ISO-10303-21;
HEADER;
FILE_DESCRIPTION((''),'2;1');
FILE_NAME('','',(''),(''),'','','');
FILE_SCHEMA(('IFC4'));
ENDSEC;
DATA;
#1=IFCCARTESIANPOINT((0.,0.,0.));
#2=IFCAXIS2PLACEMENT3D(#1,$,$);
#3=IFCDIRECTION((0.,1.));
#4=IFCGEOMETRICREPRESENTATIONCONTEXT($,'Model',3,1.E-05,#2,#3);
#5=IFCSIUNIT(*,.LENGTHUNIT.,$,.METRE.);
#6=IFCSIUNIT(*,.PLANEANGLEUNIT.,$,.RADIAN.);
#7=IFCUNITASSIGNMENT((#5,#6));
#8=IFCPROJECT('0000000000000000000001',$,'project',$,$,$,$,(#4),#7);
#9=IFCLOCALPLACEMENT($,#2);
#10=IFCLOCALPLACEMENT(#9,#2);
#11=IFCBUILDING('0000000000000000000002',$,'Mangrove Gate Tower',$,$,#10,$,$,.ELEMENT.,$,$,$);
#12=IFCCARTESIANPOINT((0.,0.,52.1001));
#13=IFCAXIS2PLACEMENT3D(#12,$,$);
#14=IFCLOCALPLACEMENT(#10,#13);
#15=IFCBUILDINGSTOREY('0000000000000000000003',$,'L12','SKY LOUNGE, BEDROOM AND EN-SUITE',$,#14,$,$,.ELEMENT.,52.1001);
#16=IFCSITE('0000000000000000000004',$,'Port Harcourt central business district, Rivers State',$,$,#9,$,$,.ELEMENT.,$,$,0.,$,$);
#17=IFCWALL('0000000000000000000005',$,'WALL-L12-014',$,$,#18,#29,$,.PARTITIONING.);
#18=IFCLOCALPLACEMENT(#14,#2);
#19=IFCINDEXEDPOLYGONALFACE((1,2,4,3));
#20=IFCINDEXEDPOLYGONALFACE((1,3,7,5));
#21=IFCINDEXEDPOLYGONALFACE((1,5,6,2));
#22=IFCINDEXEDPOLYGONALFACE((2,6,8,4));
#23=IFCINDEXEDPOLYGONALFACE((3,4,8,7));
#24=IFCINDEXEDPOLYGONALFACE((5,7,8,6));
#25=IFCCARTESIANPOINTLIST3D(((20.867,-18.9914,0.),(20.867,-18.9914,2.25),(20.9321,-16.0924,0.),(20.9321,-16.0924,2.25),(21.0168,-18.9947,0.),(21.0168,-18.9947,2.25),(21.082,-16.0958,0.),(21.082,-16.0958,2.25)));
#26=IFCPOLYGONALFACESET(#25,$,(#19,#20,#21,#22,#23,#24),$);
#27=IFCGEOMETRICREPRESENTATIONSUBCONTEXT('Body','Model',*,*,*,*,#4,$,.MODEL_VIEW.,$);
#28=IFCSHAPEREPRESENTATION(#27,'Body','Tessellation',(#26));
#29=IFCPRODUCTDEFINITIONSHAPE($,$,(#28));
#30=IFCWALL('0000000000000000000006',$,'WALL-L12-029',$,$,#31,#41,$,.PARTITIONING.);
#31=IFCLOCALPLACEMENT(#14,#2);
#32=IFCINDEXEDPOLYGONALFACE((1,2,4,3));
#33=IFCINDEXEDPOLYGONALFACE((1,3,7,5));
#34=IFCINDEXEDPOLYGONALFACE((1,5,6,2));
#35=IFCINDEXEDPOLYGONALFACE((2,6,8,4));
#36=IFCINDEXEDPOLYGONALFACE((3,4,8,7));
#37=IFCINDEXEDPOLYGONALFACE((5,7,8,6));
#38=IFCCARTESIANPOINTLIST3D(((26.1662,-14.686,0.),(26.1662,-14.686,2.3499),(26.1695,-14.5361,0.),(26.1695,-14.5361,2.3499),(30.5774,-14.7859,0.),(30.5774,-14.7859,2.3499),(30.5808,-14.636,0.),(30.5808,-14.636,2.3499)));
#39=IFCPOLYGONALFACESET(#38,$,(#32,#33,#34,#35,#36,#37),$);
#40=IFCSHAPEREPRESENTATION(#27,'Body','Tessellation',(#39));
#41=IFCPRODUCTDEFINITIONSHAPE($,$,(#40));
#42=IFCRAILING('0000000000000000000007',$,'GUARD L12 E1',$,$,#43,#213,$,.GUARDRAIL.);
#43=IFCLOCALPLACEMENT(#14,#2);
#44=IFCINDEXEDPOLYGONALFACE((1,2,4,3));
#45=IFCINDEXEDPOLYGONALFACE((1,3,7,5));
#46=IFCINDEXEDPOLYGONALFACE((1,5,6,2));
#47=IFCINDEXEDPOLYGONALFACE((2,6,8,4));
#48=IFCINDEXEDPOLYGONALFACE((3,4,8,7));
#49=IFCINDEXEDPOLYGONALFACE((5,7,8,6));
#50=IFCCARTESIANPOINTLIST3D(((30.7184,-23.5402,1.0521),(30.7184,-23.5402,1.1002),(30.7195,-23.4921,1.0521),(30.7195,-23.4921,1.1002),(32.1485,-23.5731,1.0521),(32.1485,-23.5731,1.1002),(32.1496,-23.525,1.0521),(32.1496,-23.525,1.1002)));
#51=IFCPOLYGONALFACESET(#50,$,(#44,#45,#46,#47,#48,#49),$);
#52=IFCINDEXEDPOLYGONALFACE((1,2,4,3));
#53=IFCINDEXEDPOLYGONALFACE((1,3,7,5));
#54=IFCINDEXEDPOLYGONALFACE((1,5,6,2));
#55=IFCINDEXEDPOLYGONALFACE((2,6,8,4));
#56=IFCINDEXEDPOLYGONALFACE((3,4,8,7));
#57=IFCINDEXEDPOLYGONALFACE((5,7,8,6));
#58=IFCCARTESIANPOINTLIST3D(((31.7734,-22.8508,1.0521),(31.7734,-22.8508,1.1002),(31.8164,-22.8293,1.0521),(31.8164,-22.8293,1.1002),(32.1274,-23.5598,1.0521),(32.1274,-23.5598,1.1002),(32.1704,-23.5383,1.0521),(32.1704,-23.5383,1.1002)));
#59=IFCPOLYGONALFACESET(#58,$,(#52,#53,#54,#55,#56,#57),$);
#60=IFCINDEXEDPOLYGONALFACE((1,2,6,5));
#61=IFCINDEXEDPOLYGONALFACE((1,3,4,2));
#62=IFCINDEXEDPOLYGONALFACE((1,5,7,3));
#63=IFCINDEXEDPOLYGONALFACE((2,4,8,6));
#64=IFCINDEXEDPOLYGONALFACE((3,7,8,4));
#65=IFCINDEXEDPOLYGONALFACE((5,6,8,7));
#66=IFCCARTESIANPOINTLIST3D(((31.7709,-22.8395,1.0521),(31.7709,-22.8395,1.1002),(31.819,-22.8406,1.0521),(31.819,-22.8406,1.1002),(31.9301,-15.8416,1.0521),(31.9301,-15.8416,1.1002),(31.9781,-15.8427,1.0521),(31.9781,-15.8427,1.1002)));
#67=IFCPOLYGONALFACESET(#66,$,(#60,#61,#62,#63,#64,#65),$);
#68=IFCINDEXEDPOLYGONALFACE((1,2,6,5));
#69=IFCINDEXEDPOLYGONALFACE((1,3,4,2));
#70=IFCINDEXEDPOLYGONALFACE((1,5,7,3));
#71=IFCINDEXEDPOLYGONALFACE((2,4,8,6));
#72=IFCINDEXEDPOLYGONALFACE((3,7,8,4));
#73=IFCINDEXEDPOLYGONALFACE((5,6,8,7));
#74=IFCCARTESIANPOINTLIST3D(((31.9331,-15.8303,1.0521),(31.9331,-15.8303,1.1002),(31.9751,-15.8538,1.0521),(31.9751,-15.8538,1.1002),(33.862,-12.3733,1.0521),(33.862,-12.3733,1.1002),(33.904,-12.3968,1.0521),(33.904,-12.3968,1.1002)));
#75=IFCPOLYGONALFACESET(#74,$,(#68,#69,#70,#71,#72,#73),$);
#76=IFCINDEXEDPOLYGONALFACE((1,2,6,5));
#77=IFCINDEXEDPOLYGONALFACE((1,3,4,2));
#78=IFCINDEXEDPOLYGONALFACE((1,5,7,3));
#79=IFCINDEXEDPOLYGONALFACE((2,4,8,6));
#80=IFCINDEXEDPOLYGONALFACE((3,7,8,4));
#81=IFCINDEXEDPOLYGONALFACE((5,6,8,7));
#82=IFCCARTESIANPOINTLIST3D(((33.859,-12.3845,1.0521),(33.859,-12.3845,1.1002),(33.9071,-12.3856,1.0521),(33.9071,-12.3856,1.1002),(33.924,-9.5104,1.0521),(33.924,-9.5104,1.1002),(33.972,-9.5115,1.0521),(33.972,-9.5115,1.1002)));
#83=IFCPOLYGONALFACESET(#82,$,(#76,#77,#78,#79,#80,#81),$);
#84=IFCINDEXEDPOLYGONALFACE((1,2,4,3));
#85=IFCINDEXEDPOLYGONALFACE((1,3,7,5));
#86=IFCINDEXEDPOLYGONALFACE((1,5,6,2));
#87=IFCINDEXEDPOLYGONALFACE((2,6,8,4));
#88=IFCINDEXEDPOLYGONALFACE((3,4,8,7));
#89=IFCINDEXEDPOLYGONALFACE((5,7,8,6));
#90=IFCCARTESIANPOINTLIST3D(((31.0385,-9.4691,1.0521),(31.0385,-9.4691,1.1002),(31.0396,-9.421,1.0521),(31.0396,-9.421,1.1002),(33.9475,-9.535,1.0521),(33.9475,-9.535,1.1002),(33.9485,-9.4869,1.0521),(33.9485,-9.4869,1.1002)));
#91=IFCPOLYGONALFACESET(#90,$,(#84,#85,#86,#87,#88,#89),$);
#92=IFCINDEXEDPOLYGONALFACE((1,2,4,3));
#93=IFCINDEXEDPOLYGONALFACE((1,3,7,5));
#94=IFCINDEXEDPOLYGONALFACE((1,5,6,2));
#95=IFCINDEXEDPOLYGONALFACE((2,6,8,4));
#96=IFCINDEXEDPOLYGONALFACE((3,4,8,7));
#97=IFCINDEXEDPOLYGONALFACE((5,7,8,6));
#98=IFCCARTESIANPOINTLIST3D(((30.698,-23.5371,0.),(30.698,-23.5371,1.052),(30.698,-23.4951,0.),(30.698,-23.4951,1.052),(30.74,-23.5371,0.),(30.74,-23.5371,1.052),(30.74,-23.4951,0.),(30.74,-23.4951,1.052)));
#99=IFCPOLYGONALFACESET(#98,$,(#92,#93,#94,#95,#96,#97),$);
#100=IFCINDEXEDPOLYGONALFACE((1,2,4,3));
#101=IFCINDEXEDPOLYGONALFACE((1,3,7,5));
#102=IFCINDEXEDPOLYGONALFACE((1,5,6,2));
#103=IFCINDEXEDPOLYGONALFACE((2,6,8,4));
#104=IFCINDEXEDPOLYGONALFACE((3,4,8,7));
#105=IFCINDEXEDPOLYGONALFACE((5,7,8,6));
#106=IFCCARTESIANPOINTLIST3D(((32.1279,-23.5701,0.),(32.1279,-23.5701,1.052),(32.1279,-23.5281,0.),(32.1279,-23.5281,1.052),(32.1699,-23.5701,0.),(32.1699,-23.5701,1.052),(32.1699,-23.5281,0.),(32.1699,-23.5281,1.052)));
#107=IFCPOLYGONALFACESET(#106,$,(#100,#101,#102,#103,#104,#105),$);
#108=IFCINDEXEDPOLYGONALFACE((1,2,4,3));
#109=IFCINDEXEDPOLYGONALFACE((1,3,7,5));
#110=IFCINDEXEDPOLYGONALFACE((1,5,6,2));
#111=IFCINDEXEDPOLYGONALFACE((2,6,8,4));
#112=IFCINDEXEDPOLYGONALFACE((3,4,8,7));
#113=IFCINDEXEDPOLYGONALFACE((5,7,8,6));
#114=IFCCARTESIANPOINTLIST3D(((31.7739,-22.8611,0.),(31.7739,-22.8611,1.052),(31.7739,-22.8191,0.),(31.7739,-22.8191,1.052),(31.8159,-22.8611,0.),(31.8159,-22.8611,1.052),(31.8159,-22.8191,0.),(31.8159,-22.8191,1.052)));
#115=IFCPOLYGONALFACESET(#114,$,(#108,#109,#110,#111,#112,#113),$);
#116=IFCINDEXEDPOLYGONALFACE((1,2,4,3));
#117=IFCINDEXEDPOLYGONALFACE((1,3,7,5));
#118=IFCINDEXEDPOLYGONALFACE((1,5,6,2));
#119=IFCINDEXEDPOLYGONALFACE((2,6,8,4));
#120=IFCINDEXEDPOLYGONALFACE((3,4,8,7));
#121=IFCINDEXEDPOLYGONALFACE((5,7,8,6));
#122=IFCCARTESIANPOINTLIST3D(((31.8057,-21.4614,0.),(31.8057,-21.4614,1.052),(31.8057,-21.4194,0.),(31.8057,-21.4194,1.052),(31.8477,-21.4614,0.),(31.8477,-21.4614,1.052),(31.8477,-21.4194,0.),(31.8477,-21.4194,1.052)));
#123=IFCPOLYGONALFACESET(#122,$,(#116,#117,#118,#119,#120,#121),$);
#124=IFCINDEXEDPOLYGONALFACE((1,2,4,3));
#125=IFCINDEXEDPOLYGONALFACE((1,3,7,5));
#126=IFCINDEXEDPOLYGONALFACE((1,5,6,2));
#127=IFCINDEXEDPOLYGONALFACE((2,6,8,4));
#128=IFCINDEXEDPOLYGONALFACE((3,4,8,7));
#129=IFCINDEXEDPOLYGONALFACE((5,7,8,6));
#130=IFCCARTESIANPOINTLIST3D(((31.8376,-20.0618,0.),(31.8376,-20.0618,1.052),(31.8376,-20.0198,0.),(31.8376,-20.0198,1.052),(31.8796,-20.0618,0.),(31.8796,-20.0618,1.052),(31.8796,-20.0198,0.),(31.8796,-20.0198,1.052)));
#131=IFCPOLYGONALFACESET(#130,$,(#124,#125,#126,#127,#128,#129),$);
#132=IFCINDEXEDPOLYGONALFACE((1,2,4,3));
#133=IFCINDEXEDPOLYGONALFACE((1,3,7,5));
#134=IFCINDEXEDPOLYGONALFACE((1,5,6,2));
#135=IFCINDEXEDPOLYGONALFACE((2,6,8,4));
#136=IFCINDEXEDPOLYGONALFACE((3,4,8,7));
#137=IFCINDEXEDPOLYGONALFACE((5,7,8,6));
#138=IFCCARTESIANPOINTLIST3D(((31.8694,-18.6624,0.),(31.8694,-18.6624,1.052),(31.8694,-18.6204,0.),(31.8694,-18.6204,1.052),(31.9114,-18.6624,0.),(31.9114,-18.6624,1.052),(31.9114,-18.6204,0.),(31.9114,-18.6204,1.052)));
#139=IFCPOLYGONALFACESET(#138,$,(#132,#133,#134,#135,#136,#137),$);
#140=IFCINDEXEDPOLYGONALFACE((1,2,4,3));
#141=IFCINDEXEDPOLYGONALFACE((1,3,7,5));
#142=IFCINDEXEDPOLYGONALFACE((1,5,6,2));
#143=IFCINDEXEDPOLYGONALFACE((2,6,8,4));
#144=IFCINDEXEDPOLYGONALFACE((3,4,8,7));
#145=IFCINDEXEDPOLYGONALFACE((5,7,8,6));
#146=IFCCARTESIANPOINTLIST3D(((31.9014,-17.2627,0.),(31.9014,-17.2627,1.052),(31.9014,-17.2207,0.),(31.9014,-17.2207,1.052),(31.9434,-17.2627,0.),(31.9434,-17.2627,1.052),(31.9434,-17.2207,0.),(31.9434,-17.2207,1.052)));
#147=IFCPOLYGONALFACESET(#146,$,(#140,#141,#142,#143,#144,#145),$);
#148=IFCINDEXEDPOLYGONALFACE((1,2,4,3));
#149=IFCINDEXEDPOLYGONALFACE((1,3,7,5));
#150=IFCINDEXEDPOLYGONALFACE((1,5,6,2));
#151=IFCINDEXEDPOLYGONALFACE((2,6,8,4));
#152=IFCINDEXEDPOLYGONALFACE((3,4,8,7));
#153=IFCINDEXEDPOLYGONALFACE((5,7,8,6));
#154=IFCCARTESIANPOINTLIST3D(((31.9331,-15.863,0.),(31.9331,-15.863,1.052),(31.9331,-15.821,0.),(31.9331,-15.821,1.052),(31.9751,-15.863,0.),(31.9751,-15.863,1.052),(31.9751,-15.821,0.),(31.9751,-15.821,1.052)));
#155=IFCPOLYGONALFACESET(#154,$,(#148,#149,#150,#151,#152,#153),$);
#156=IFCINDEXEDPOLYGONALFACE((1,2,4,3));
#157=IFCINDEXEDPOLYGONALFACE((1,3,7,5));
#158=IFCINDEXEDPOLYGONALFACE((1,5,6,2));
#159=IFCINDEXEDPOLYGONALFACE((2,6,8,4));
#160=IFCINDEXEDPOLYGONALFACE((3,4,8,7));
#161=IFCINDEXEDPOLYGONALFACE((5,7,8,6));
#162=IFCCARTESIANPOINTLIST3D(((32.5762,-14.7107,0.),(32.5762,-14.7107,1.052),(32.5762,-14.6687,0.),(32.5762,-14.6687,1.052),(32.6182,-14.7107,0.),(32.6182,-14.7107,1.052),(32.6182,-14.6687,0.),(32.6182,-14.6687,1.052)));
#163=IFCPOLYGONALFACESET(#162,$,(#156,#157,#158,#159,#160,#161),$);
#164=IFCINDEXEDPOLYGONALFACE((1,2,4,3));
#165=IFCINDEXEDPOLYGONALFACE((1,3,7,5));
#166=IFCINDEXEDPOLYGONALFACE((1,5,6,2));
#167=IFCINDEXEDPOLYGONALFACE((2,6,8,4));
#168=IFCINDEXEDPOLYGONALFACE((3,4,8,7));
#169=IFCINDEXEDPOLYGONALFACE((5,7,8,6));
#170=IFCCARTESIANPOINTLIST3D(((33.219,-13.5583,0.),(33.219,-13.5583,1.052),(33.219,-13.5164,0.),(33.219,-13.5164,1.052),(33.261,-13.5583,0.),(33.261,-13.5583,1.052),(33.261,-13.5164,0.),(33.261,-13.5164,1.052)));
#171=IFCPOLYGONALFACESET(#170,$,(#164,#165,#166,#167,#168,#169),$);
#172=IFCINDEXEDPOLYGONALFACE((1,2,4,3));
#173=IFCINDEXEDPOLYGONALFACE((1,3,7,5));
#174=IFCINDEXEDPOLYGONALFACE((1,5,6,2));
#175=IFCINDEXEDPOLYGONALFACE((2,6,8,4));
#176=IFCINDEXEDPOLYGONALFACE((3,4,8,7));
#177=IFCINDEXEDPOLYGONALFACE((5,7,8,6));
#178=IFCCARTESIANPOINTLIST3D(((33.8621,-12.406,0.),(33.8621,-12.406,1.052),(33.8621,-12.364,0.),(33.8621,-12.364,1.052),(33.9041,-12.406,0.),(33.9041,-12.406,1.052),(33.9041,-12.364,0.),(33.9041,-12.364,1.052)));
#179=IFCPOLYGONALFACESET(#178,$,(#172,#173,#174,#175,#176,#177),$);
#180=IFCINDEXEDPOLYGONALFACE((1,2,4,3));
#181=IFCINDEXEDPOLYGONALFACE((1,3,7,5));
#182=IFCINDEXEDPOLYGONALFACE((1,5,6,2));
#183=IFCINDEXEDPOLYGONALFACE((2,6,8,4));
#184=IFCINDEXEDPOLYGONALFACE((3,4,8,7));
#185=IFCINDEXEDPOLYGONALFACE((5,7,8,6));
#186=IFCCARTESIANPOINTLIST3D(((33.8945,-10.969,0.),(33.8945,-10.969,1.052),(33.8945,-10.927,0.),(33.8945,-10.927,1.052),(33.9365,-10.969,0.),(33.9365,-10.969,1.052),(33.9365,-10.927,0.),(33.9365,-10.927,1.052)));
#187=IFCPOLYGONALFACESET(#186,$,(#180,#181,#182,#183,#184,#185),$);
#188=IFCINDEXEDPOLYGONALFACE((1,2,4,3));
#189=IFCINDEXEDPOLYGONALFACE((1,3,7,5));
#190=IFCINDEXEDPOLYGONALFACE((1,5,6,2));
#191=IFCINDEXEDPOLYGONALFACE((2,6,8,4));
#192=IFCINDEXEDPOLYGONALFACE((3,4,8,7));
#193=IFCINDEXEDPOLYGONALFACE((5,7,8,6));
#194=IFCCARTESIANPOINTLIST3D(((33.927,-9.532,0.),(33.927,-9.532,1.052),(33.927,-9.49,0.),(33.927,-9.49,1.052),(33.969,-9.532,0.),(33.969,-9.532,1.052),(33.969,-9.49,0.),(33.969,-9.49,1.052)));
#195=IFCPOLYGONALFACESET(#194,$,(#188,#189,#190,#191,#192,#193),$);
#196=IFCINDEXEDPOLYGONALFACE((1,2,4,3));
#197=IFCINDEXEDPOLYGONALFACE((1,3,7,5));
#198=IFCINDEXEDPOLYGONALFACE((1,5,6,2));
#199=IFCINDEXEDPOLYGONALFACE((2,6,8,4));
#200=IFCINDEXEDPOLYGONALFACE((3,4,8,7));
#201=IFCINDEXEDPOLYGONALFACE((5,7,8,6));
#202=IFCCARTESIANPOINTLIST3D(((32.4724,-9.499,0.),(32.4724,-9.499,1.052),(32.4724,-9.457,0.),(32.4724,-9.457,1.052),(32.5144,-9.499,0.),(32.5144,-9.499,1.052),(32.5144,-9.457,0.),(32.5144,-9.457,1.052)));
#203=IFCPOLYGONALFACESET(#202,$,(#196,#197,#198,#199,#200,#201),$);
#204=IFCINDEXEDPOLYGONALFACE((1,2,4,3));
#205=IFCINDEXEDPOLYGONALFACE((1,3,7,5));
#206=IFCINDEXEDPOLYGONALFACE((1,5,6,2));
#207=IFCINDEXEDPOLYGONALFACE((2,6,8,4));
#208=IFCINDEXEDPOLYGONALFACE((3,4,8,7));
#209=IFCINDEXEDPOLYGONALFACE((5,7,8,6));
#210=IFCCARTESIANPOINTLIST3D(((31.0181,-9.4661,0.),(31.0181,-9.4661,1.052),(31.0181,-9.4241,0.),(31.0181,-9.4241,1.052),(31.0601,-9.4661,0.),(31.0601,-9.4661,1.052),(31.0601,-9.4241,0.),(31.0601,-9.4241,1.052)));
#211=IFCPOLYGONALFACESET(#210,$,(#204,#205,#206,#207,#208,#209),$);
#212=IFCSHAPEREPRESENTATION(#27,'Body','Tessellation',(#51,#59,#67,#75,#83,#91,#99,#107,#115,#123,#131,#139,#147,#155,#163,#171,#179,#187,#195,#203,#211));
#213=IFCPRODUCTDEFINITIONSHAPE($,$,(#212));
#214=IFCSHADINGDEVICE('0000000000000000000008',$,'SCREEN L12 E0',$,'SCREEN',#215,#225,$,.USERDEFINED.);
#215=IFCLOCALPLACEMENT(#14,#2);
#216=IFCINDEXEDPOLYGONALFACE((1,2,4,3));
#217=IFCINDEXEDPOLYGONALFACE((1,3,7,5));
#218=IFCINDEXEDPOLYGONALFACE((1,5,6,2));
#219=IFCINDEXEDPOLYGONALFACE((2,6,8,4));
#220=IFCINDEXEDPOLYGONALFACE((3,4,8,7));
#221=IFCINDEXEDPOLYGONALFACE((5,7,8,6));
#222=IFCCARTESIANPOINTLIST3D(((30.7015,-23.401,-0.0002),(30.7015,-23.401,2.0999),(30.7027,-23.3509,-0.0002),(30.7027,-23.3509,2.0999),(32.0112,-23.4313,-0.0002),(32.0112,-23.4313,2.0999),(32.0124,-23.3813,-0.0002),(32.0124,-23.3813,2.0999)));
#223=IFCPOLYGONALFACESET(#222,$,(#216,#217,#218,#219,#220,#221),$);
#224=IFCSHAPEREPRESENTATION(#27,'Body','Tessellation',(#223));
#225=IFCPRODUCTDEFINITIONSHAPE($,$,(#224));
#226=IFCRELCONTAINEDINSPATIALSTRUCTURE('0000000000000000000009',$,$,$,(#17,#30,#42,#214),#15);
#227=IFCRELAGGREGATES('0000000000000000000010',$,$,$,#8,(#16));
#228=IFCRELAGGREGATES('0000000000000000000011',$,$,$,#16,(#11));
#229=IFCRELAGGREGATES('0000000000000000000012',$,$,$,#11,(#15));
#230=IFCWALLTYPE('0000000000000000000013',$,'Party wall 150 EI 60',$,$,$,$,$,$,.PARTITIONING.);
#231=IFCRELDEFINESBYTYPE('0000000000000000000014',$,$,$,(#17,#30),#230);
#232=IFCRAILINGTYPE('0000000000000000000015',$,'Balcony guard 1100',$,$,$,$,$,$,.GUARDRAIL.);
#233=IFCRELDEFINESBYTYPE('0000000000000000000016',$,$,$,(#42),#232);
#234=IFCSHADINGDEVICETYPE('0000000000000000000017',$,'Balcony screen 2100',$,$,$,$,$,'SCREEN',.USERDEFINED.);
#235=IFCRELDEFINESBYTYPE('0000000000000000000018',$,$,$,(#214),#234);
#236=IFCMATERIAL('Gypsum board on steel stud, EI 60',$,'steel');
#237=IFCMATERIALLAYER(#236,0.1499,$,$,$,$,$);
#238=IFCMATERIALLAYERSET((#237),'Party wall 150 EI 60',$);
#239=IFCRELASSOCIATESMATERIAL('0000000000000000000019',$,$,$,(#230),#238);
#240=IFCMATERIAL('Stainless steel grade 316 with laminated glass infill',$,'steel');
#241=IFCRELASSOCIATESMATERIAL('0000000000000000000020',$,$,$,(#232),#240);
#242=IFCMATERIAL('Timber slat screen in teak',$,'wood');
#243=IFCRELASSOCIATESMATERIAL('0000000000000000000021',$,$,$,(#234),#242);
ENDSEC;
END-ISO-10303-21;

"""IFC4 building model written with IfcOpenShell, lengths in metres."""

from ifc_helpers import new_model, si_unit, direction, frame, frame_2d, origin, origin_2d, place, context, subcontext, project, spatial, rectangle, extrude, material, layer, layer_set, type_object, element, save


model = new_model("IFC4")

# Units and contexts
model_context = context("Model", 3, precision=1e-05, world=origin(), true_north=direction((0.0, 1.0)))
body_context = subcontext(model_context, "Body", "Model", "MODEL_VIEW")
ifc_project = project(units=[si_unit("LENGTHUNIT", "METRE"), si_unit("PLANEANGLEUNIT", "RADIAN")], contexts=[model_context])

# Site, building, storey
site_placement = place(None, origin())
site = spatial("IfcSite", under=ifc_project, at=site_placement, Name="Port Harcourt central business district, Rivers State", CompositionType="ELEMENT", RefElevation=0.0)
building_placement = place(site_placement, origin())
building = spatial("IfcBuilding", under=site, at=building_placement, Name="Mangrove Gate Tower", CompositionType="ELEMENT")
storey_placement = place(building_placement, frame((0.0, 0.0, 52.1001)))
storey = spatial("IfcBuildingStorey", under=building, at=storey_placement, Name="L12", Description="SKY LOUNGE, BEDROOM AND EN-SUITE", CompositionType="ELEMENT", Elevation=52.1001)

# Walls
ifc_material_1 = material(Name="Gypsum board on steel stud, EI 60", Category="steel")
ifc_layer_1 = layer(ifc_material_1, 0.1499)
ifc_layer_set_1 = layer_set([ifc_layer_1], Name="Party wall 150 EI 60")
wall_type_1 = type_object("IfcWallType", Name="Party wall 150 EI 60", PredefinedType="PARTITIONING", material=ifc_layer_set_1)
wall_1_placement = place(storey_placement, frame((20.9419, -18.9929, 0.0), z_axis=(0.0, 0.0, 1.0), x_axis=(0.02248, 0.999747, 0.0)))
element("IfcWall", 1, at=wall_1_placement, inside=storey, type_object=wall_type_1, Name="WALL-L12-014", PredefinedType="PARTITIONING", context=body_context, shape_type="SweptSolid", body=[
    extrude(rectangle(XDim=2.8997, YDim=0.1499, at=frame_2d((1.4497, 0.0))), origin(), (0.0, 0.0, 1.0), 2.25),
])
wall_2_placement = place(storey_placement, frame((26.168, -14.6111, 0.0), z_axis=(0.0, 0.0, 1.0), x_axis=(0.999744, -0.022631, 0.0)))
element("IfcWall", 2, at=wall_2_placement, inside=storey, type_object=wall_type_1, Name="WALL-L12-029", PredefinedType="PARTITIONING", context=body_context, shape_type="SweptSolid", body=[
    extrude(rectangle(XDim=4.4124, YDim=0.1499, at=frame_2d((2.2061, 0.0))), origin(), (0.0, 0.0, 1.0), 2.3499),
])

# Railing
ifc_material_2 = material(Name="Stainless steel grade 316 with laminated glass infill", Category="steel")
railing_type = type_object("IfcRailingType", Name="Balcony guard 1100", PredefinedType="GUARDRAIL", material=ifc_material_2)
railing_placement = place(storey_placement, frame((30.719, -23.5161, 0.0)))
element("IfcRailing", 3, at=railing_placement, inside=storey, type_object=railing_type, Name="GUARD L12 E1", PredefinedType="GUARDRAIL", context=body_context, shape_type="SweptSolid", body=[
    extrude(rectangle(XDim=0.0481, YDim=0.0481, at=origin_2d()), frame((0.0, 0.0, 1.0762), z_axis=(0.999734, -0.023043, 0.0), x_axis=(0.023043, 0.999734, 0.0)), (0.0, 0.0, 1.0), 1.4304),
    extrude(rectangle(XDim=0.0481, YDim=0.0481, at=origin_2d()), frame((1.4299, -0.033, 1.0762), z_axis=(-0.446721, 0.894674, 0.0), x_axis=(-0.894674, -0.446721, 0.0)), (0.0, 0.0, 1.0), 0.7925),
    extrude(rectangle(XDim=0.0481, YDim=0.0481, at=origin_2d()), frame((1.0759, 0.676, 1.0762), z_axis=(0.02274, 0.999741, 0.0), x_axis=(-0.999741, 0.02274, 0.0)), (0.0, 0.0, 1.0), 6.9998),
    extrude(rectangle(XDim=0.0481, YDim=0.0481, at=origin_2d()), frame((1.2351, 7.6741, 1.0762), z_axis=(0.48726, 0.873257, 0.0), x_axis=(-0.873257, 0.48726, 0.0)), (0.0, 0.0, 1.0), 3.9587),
    extrude(rectangle(XDim=0.0481, YDim=0.0481, at=origin_2d()), frame((3.1641, 11.1311, 1.0762), z_axis=(0.02259, 0.999745, 0.0), x_axis=(-0.999745, 0.02259, 0.0)), (0.0, 0.0, 1.0), 2.8748),
    extrude(rectangle(XDim=0.0481, YDim=0.0481, at=origin_2d()), frame((3.229, 14.0051, 1.0762), z_axis=(-0.999743, 0.022655, 0.0), x_axis=(-0.022655, -0.999743, 0.0)), (0.0, 0.0, 1.0), 2.9097),
    extrude(rectangle(XDim=0.042, YDim=0.042, at=origin_2d()), origin(), (0.0, 0.0, 1.0), 1.052),
    extrude(rectangle(XDim=0.042, YDim=0.042, at=origin_2d()), frame((1.4299, -0.033, 0.0)), (0.0, 0.0, 1.0), 1.052),
    extrude(rectangle(XDim=0.042, YDim=0.042, at=origin_2d()), frame((1.0759, 0.676, 0.0)), (0.0, 0.0, 1.0), 1.052),
    extrude(rectangle(XDim=0.042, YDim=0.042, at=origin_2d()), frame((1.1077, 2.0757, 0.0)), (0.0, 0.0, 1.0), 1.052),
    extrude(rectangle(XDim=0.042, YDim=0.042, at=origin_2d()), frame((1.1396, 3.4753, 0.0)), (0.0, 0.0, 1.0), 1.052),
    extrude(rectangle(XDim=0.042, YDim=0.042, at=origin_2d()), frame((1.1714, 4.8748, 0.0)), (0.0, 0.0, 1.0), 1.052),
    extrude(rectangle(XDim=0.042, YDim=0.042, at=origin_2d()), frame((1.2034, 6.2744, 0.0)), (0.0, 0.0, 1.0), 1.052),
    extrude(rectangle(XDim=0.042, YDim=0.042, at=origin_2d()), frame((1.2351, 7.6741, 0.0)), (0.0, 0.0, 1.0), 1.052),
    extrude(rectangle(XDim=0.042, YDim=0.042, at=origin_2d()), frame((1.8782, 8.8264, 0.0)), (0.0, 0.0, 1.0), 1.052),
    extrude(rectangle(XDim=0.042, YDim=0.042, at=origin_2d()), frame((2.521, 9.9788, 0.0)), (0.0, 0.0, 1.0), 1.052),
    extrude(rectangle(XDim=0.042, YDim=0.042, at=origin_2d()), frame((3.1641, 11.1311, 0.0)), (0.0, 0.0, 1.0), 1.052),
    extrude(rectangle(XDim=0.042, YDim=0.042, at=origin_2d()), frame((3.1965, 12.5681, 0.0)), (0.0, 0.0, 1.0), 1.052),
    extrude(rectangle(XDim=0.042, YDim=0.042, at=origin_2d()), frame((3.229, 14.0051, 0.0)), (0.0, 0.0, 1.0), 1.052),
    extrude(rectangle(XDim=0.042, YDim=0.042, at=origin_2d()), frame((1.7744, 14.0381, 0.0)), (0.0, 0.0, 1.0), 1.052),
    extrude(rectangle(XDim=0.042, YDim=0.042, at=origin_2d()), frame((0.3201, 14.071, 0.0)), (0.0, 0.0, 1.0), 1.052),
])

# Shading device
ifc_material_3 = material(Name="Timber slat screen in teak", Category="wood")
shading_device_type = type_object("IfcShadingDeviceType", Name="Balcony screen 2100", ElementType="SCREEN", PredefinedType="USERDEFINED", material=ifc_material_3)
shading_device_placement = place(storey_placement, frame((31.3569, -23.3911, -0.0002), z_axis=(0.0, 0.0, 1.0), x_axis=(0.999731, -0.023176, 0.0)))
element("IfcShadingDevice", 4, at=shading_device_placement, inside=storey, type_object=shading_device_type, Name="SCREEN L12 E0", ObjectType="SCREEN", PredefinedType="USERDEFINED", context=body_context, shape_type="SweptSolid", body=[
    extrude(rectangle(XDim=1.3101, YDim=0.05, at=origin_2d()), origin(), (0.0, 0.0, 1.0), 2.1001),
])

save(model, "model.ifc")
